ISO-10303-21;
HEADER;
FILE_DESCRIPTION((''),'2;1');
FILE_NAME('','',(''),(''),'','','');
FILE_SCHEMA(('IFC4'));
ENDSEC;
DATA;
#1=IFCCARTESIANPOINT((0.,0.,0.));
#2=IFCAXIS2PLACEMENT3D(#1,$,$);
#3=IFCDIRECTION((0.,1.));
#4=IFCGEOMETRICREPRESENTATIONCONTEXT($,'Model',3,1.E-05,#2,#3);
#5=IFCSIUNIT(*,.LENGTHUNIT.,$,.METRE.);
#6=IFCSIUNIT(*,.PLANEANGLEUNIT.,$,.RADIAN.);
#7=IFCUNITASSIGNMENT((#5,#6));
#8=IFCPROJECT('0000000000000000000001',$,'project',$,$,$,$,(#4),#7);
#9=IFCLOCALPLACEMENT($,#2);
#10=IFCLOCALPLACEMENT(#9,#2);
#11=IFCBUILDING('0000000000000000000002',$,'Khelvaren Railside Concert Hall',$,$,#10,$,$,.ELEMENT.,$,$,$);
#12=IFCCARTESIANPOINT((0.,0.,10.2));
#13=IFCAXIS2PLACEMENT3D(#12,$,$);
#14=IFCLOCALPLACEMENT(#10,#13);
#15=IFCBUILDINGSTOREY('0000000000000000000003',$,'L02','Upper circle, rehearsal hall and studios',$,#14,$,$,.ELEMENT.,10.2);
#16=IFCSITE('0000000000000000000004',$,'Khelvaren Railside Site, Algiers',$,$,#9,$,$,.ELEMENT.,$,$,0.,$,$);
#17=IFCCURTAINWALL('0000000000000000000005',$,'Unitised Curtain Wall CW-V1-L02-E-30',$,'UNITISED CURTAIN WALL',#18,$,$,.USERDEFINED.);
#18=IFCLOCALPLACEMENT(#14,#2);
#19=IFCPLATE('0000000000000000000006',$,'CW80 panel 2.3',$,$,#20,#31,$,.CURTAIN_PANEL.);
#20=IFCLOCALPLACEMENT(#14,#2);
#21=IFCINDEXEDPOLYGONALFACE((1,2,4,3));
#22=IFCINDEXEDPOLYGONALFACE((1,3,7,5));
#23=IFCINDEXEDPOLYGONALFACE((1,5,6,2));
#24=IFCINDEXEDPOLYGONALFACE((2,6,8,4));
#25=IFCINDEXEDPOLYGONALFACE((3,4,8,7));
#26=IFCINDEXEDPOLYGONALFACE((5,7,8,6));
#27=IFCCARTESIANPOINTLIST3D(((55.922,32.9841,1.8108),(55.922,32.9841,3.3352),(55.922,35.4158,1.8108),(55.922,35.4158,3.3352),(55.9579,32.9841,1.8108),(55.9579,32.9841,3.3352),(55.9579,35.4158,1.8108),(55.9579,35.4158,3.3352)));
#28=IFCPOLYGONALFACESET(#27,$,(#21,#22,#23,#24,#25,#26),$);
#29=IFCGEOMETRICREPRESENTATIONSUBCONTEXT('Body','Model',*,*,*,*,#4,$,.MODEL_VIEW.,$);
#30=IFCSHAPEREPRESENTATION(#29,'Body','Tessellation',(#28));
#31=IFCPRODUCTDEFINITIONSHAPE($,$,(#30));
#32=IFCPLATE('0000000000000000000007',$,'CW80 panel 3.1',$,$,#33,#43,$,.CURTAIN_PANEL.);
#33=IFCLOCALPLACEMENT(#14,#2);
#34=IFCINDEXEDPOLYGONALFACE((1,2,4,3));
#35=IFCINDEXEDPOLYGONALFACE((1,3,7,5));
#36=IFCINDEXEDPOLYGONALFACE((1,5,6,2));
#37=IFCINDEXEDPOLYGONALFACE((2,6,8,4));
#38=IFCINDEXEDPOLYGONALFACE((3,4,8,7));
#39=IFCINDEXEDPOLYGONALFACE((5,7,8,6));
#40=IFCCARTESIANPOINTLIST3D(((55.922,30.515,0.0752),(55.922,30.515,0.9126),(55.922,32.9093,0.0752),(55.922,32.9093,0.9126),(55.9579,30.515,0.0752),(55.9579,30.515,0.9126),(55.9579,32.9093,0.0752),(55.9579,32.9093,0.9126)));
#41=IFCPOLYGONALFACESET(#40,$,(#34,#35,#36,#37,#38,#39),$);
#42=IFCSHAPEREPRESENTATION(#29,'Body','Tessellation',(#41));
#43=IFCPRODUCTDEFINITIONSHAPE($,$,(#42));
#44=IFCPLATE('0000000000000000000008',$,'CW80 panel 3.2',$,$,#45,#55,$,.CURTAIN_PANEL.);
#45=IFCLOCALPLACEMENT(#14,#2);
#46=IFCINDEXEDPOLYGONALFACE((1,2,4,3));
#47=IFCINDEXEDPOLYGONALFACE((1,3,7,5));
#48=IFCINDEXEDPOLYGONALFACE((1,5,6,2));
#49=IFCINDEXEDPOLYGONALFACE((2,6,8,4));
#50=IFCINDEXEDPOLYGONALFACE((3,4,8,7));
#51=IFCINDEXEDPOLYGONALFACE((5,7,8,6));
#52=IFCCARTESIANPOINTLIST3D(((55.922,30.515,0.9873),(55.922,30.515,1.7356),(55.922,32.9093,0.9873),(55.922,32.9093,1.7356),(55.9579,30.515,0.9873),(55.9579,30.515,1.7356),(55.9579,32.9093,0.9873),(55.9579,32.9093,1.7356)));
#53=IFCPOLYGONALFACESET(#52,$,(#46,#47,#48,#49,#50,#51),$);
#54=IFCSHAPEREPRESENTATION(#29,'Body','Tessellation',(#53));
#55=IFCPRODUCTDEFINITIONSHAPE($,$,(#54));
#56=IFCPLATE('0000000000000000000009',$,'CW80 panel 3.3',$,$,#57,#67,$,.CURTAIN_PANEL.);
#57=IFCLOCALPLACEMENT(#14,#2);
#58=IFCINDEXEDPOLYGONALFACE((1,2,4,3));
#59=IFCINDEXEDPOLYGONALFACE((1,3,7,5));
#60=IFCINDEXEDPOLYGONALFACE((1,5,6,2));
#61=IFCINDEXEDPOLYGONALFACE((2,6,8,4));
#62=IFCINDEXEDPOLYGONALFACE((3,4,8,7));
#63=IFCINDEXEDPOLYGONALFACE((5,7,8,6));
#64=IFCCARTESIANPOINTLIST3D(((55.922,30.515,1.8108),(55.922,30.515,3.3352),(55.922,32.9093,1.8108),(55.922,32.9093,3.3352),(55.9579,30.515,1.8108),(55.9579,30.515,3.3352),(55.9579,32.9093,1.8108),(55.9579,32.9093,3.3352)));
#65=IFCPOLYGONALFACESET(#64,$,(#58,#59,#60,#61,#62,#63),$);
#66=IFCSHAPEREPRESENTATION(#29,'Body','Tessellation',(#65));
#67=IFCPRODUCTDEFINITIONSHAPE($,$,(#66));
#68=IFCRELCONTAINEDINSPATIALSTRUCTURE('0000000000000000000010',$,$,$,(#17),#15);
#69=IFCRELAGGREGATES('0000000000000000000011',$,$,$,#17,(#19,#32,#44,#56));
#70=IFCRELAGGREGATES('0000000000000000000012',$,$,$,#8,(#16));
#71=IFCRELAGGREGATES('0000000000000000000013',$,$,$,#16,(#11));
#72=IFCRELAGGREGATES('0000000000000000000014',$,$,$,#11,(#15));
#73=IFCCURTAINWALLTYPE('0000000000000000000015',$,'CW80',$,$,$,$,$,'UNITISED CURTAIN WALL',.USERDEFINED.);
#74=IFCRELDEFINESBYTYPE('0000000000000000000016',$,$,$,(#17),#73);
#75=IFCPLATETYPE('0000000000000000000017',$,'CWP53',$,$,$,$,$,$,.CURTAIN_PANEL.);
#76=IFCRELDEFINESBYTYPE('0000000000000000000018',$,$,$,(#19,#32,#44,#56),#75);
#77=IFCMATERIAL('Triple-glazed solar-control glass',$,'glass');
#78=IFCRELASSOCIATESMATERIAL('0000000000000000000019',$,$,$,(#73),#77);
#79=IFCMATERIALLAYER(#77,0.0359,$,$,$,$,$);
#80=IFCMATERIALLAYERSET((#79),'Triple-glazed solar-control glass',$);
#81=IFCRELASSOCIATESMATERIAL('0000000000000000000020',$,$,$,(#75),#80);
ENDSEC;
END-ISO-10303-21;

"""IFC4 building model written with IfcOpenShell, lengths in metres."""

from ifc_helpers import new_model, si_unit, direction, frame, origin, origin_2d, place, context, subcontext, project, spatial, rectangle, extrude, material, layer, layer_set, type_object, element, aggregate, save


model = new_model("IFC4")

# Units and contexts
model_context = context("Model", 3, precision=1e-05, world=origin(), true_north=direction((0.0, 1.0)))
body_context = subcontext(model_context, "Body", "Model", "MODEL_VIEW")
ifc_project = project(units=[si_unit("LENGTHUNIT", "METRE"), si_unit("PLANEANGLEUNIT", "RADIAN")], contexts=[model_context])

# Site, building, storey
site_placement = place(None, origin())
site = spatial("IfcSite", under=ifc_project, at=site_placement, Name="Khelvaren Railside Site, Algiers", CompositionType="ELEMENT", RefElevation=0.0)
building_placement = place(site_placement, origin())
building = spatial("IfcBuilding", under=site, at=building_placement, Name="Khelvaren Railside Concert Hall", CompositionType="ELEMENT")
storey_placement = place(building_placement, frame((0.0, 0.0, 10.2)))
storey = spatial("IfcBuildingStorey", under=building, at=storey_placement, Name="L02", Description="Upper circle, rehearsal hall and studios", CompositionType="ELEMENT", Elevation=10.2)

# Curtain wall
ifc_material_1 = material(Name="Triple-glazed solar-control glass", Category="glass")
curtain_wall_type_1 = type_object("IfcCurtainWallType", Name="CW80", ElementType="UNITISED CURTAIN WALL", PredefinedType="USERDEFINED", material=ifc_material_1)
curtain_wall_1_placement = place(storey_placement, origin())
curtain_wall_1 = element("IfcCurtainWall", 1, at=curtain_wall_1_placement, inside=storey, type_object=curtain_wall_type_1, Name="Unitised Curtain Wall CW-V1-L02-E-30", ObjectType="UNITISED CURTAIN WALL", PredefinedType="USERDEFINED")

# Plates
ifc_layer_1 = layer(ifc_material_1, 0.0359)
ifc_layer_set_1 = layer_set([ifc_layer_1], Name="Triple-glazed solar-control glass")
plate_type_1 = type_object("IfcPlateType", Name="CWP53", PredefinedType="CURTAIN_PANEL", material=ifc_layer_set_1)
plate_1_placement = place(storey_placement, frame((55.9399, 34.2, 1.8108), z_axis=(0.0, 0.0, 1.0), x_axis=(0.0, -1.0, 0.0)))
plate_1 = element("IfcPlate", 2, at=plate_1_placement, type_object=plate_type_1, Name="CW80 panel 2.3", PredefinedType="CURTAIN_PANEL", context=body_context, shape_type="SweptSolid", body=[
    extrude(rectangle(XDim=2.4316, YDim=0.0359, at=origin_2d()), origin(), (0.0, 0.0, 1.0), 1.5244),
])
plate_2_placement = place(storey_placement, frame((55.9399, 31.7122, 0.0752), z_axis=(0.0, 0.0, 1.0), x_axis=(0.0, -1.0, 0.0)))
plate_2 = element("IfcPlate", 3, at=plate_2_placement, type_object=plate_type_1, Name="CW80 panel 3.1", PredefinedType="CURTAIN_PANEL", context=body_context, shape_type="SweptSolid", body=[
    extrude(rectangle(XDim=2.3943, YDim=0.0359, at=origin_2d()), origin(), (0.0, 0.0, 1.0), 0.8374),
])
plate_3_placement = place(storey_placement, frame((55.9399, 31.7122, 0.9873), z_axis=(0.0, 0.0, 1.0), x_axis=(0.0, -1.0, 0.0)))
plate_3 = element("IfcPlate", 4, at=plate_3_placement, type_object=plate_type_1, Name="CW80 panel 3.2", PredefinedType="CURTAIN_PANEL", context=body_context, shape_type="SweptSolid", body=[
    extrude(rectangle(XDim=2.3943, YDim=0.0359, at=origin_2d()), origin(), (0.0, 0.0, 1.0), 0.7483),
])
plate_4_placement = place(storey_placement, frame((55.9399, 31.7122, 1.8108), z_axis=(0.0, 0.0, 1.0), x_axis=(0.0, -1.0, 0.0)))
plate_4 = element("IfcPlate", 5, at=plate_4_placement, type_object=plate_type_1, Name="CW80 panel 3.3", PredefinedType="CURTAIN_PANEL", context=body_context, shape_type="SweptSolid", body=[
    extrude(rectangle(XDim=2.3943, YDim=0.0359, at=origin_2d()), origin(), (0.0, 0.0, 1.0), 1.5244),
])
aggregate(curtain_wall_1, [plate_1, plate_2, plate_3, plate_4])

save(model, "model.ifc")
